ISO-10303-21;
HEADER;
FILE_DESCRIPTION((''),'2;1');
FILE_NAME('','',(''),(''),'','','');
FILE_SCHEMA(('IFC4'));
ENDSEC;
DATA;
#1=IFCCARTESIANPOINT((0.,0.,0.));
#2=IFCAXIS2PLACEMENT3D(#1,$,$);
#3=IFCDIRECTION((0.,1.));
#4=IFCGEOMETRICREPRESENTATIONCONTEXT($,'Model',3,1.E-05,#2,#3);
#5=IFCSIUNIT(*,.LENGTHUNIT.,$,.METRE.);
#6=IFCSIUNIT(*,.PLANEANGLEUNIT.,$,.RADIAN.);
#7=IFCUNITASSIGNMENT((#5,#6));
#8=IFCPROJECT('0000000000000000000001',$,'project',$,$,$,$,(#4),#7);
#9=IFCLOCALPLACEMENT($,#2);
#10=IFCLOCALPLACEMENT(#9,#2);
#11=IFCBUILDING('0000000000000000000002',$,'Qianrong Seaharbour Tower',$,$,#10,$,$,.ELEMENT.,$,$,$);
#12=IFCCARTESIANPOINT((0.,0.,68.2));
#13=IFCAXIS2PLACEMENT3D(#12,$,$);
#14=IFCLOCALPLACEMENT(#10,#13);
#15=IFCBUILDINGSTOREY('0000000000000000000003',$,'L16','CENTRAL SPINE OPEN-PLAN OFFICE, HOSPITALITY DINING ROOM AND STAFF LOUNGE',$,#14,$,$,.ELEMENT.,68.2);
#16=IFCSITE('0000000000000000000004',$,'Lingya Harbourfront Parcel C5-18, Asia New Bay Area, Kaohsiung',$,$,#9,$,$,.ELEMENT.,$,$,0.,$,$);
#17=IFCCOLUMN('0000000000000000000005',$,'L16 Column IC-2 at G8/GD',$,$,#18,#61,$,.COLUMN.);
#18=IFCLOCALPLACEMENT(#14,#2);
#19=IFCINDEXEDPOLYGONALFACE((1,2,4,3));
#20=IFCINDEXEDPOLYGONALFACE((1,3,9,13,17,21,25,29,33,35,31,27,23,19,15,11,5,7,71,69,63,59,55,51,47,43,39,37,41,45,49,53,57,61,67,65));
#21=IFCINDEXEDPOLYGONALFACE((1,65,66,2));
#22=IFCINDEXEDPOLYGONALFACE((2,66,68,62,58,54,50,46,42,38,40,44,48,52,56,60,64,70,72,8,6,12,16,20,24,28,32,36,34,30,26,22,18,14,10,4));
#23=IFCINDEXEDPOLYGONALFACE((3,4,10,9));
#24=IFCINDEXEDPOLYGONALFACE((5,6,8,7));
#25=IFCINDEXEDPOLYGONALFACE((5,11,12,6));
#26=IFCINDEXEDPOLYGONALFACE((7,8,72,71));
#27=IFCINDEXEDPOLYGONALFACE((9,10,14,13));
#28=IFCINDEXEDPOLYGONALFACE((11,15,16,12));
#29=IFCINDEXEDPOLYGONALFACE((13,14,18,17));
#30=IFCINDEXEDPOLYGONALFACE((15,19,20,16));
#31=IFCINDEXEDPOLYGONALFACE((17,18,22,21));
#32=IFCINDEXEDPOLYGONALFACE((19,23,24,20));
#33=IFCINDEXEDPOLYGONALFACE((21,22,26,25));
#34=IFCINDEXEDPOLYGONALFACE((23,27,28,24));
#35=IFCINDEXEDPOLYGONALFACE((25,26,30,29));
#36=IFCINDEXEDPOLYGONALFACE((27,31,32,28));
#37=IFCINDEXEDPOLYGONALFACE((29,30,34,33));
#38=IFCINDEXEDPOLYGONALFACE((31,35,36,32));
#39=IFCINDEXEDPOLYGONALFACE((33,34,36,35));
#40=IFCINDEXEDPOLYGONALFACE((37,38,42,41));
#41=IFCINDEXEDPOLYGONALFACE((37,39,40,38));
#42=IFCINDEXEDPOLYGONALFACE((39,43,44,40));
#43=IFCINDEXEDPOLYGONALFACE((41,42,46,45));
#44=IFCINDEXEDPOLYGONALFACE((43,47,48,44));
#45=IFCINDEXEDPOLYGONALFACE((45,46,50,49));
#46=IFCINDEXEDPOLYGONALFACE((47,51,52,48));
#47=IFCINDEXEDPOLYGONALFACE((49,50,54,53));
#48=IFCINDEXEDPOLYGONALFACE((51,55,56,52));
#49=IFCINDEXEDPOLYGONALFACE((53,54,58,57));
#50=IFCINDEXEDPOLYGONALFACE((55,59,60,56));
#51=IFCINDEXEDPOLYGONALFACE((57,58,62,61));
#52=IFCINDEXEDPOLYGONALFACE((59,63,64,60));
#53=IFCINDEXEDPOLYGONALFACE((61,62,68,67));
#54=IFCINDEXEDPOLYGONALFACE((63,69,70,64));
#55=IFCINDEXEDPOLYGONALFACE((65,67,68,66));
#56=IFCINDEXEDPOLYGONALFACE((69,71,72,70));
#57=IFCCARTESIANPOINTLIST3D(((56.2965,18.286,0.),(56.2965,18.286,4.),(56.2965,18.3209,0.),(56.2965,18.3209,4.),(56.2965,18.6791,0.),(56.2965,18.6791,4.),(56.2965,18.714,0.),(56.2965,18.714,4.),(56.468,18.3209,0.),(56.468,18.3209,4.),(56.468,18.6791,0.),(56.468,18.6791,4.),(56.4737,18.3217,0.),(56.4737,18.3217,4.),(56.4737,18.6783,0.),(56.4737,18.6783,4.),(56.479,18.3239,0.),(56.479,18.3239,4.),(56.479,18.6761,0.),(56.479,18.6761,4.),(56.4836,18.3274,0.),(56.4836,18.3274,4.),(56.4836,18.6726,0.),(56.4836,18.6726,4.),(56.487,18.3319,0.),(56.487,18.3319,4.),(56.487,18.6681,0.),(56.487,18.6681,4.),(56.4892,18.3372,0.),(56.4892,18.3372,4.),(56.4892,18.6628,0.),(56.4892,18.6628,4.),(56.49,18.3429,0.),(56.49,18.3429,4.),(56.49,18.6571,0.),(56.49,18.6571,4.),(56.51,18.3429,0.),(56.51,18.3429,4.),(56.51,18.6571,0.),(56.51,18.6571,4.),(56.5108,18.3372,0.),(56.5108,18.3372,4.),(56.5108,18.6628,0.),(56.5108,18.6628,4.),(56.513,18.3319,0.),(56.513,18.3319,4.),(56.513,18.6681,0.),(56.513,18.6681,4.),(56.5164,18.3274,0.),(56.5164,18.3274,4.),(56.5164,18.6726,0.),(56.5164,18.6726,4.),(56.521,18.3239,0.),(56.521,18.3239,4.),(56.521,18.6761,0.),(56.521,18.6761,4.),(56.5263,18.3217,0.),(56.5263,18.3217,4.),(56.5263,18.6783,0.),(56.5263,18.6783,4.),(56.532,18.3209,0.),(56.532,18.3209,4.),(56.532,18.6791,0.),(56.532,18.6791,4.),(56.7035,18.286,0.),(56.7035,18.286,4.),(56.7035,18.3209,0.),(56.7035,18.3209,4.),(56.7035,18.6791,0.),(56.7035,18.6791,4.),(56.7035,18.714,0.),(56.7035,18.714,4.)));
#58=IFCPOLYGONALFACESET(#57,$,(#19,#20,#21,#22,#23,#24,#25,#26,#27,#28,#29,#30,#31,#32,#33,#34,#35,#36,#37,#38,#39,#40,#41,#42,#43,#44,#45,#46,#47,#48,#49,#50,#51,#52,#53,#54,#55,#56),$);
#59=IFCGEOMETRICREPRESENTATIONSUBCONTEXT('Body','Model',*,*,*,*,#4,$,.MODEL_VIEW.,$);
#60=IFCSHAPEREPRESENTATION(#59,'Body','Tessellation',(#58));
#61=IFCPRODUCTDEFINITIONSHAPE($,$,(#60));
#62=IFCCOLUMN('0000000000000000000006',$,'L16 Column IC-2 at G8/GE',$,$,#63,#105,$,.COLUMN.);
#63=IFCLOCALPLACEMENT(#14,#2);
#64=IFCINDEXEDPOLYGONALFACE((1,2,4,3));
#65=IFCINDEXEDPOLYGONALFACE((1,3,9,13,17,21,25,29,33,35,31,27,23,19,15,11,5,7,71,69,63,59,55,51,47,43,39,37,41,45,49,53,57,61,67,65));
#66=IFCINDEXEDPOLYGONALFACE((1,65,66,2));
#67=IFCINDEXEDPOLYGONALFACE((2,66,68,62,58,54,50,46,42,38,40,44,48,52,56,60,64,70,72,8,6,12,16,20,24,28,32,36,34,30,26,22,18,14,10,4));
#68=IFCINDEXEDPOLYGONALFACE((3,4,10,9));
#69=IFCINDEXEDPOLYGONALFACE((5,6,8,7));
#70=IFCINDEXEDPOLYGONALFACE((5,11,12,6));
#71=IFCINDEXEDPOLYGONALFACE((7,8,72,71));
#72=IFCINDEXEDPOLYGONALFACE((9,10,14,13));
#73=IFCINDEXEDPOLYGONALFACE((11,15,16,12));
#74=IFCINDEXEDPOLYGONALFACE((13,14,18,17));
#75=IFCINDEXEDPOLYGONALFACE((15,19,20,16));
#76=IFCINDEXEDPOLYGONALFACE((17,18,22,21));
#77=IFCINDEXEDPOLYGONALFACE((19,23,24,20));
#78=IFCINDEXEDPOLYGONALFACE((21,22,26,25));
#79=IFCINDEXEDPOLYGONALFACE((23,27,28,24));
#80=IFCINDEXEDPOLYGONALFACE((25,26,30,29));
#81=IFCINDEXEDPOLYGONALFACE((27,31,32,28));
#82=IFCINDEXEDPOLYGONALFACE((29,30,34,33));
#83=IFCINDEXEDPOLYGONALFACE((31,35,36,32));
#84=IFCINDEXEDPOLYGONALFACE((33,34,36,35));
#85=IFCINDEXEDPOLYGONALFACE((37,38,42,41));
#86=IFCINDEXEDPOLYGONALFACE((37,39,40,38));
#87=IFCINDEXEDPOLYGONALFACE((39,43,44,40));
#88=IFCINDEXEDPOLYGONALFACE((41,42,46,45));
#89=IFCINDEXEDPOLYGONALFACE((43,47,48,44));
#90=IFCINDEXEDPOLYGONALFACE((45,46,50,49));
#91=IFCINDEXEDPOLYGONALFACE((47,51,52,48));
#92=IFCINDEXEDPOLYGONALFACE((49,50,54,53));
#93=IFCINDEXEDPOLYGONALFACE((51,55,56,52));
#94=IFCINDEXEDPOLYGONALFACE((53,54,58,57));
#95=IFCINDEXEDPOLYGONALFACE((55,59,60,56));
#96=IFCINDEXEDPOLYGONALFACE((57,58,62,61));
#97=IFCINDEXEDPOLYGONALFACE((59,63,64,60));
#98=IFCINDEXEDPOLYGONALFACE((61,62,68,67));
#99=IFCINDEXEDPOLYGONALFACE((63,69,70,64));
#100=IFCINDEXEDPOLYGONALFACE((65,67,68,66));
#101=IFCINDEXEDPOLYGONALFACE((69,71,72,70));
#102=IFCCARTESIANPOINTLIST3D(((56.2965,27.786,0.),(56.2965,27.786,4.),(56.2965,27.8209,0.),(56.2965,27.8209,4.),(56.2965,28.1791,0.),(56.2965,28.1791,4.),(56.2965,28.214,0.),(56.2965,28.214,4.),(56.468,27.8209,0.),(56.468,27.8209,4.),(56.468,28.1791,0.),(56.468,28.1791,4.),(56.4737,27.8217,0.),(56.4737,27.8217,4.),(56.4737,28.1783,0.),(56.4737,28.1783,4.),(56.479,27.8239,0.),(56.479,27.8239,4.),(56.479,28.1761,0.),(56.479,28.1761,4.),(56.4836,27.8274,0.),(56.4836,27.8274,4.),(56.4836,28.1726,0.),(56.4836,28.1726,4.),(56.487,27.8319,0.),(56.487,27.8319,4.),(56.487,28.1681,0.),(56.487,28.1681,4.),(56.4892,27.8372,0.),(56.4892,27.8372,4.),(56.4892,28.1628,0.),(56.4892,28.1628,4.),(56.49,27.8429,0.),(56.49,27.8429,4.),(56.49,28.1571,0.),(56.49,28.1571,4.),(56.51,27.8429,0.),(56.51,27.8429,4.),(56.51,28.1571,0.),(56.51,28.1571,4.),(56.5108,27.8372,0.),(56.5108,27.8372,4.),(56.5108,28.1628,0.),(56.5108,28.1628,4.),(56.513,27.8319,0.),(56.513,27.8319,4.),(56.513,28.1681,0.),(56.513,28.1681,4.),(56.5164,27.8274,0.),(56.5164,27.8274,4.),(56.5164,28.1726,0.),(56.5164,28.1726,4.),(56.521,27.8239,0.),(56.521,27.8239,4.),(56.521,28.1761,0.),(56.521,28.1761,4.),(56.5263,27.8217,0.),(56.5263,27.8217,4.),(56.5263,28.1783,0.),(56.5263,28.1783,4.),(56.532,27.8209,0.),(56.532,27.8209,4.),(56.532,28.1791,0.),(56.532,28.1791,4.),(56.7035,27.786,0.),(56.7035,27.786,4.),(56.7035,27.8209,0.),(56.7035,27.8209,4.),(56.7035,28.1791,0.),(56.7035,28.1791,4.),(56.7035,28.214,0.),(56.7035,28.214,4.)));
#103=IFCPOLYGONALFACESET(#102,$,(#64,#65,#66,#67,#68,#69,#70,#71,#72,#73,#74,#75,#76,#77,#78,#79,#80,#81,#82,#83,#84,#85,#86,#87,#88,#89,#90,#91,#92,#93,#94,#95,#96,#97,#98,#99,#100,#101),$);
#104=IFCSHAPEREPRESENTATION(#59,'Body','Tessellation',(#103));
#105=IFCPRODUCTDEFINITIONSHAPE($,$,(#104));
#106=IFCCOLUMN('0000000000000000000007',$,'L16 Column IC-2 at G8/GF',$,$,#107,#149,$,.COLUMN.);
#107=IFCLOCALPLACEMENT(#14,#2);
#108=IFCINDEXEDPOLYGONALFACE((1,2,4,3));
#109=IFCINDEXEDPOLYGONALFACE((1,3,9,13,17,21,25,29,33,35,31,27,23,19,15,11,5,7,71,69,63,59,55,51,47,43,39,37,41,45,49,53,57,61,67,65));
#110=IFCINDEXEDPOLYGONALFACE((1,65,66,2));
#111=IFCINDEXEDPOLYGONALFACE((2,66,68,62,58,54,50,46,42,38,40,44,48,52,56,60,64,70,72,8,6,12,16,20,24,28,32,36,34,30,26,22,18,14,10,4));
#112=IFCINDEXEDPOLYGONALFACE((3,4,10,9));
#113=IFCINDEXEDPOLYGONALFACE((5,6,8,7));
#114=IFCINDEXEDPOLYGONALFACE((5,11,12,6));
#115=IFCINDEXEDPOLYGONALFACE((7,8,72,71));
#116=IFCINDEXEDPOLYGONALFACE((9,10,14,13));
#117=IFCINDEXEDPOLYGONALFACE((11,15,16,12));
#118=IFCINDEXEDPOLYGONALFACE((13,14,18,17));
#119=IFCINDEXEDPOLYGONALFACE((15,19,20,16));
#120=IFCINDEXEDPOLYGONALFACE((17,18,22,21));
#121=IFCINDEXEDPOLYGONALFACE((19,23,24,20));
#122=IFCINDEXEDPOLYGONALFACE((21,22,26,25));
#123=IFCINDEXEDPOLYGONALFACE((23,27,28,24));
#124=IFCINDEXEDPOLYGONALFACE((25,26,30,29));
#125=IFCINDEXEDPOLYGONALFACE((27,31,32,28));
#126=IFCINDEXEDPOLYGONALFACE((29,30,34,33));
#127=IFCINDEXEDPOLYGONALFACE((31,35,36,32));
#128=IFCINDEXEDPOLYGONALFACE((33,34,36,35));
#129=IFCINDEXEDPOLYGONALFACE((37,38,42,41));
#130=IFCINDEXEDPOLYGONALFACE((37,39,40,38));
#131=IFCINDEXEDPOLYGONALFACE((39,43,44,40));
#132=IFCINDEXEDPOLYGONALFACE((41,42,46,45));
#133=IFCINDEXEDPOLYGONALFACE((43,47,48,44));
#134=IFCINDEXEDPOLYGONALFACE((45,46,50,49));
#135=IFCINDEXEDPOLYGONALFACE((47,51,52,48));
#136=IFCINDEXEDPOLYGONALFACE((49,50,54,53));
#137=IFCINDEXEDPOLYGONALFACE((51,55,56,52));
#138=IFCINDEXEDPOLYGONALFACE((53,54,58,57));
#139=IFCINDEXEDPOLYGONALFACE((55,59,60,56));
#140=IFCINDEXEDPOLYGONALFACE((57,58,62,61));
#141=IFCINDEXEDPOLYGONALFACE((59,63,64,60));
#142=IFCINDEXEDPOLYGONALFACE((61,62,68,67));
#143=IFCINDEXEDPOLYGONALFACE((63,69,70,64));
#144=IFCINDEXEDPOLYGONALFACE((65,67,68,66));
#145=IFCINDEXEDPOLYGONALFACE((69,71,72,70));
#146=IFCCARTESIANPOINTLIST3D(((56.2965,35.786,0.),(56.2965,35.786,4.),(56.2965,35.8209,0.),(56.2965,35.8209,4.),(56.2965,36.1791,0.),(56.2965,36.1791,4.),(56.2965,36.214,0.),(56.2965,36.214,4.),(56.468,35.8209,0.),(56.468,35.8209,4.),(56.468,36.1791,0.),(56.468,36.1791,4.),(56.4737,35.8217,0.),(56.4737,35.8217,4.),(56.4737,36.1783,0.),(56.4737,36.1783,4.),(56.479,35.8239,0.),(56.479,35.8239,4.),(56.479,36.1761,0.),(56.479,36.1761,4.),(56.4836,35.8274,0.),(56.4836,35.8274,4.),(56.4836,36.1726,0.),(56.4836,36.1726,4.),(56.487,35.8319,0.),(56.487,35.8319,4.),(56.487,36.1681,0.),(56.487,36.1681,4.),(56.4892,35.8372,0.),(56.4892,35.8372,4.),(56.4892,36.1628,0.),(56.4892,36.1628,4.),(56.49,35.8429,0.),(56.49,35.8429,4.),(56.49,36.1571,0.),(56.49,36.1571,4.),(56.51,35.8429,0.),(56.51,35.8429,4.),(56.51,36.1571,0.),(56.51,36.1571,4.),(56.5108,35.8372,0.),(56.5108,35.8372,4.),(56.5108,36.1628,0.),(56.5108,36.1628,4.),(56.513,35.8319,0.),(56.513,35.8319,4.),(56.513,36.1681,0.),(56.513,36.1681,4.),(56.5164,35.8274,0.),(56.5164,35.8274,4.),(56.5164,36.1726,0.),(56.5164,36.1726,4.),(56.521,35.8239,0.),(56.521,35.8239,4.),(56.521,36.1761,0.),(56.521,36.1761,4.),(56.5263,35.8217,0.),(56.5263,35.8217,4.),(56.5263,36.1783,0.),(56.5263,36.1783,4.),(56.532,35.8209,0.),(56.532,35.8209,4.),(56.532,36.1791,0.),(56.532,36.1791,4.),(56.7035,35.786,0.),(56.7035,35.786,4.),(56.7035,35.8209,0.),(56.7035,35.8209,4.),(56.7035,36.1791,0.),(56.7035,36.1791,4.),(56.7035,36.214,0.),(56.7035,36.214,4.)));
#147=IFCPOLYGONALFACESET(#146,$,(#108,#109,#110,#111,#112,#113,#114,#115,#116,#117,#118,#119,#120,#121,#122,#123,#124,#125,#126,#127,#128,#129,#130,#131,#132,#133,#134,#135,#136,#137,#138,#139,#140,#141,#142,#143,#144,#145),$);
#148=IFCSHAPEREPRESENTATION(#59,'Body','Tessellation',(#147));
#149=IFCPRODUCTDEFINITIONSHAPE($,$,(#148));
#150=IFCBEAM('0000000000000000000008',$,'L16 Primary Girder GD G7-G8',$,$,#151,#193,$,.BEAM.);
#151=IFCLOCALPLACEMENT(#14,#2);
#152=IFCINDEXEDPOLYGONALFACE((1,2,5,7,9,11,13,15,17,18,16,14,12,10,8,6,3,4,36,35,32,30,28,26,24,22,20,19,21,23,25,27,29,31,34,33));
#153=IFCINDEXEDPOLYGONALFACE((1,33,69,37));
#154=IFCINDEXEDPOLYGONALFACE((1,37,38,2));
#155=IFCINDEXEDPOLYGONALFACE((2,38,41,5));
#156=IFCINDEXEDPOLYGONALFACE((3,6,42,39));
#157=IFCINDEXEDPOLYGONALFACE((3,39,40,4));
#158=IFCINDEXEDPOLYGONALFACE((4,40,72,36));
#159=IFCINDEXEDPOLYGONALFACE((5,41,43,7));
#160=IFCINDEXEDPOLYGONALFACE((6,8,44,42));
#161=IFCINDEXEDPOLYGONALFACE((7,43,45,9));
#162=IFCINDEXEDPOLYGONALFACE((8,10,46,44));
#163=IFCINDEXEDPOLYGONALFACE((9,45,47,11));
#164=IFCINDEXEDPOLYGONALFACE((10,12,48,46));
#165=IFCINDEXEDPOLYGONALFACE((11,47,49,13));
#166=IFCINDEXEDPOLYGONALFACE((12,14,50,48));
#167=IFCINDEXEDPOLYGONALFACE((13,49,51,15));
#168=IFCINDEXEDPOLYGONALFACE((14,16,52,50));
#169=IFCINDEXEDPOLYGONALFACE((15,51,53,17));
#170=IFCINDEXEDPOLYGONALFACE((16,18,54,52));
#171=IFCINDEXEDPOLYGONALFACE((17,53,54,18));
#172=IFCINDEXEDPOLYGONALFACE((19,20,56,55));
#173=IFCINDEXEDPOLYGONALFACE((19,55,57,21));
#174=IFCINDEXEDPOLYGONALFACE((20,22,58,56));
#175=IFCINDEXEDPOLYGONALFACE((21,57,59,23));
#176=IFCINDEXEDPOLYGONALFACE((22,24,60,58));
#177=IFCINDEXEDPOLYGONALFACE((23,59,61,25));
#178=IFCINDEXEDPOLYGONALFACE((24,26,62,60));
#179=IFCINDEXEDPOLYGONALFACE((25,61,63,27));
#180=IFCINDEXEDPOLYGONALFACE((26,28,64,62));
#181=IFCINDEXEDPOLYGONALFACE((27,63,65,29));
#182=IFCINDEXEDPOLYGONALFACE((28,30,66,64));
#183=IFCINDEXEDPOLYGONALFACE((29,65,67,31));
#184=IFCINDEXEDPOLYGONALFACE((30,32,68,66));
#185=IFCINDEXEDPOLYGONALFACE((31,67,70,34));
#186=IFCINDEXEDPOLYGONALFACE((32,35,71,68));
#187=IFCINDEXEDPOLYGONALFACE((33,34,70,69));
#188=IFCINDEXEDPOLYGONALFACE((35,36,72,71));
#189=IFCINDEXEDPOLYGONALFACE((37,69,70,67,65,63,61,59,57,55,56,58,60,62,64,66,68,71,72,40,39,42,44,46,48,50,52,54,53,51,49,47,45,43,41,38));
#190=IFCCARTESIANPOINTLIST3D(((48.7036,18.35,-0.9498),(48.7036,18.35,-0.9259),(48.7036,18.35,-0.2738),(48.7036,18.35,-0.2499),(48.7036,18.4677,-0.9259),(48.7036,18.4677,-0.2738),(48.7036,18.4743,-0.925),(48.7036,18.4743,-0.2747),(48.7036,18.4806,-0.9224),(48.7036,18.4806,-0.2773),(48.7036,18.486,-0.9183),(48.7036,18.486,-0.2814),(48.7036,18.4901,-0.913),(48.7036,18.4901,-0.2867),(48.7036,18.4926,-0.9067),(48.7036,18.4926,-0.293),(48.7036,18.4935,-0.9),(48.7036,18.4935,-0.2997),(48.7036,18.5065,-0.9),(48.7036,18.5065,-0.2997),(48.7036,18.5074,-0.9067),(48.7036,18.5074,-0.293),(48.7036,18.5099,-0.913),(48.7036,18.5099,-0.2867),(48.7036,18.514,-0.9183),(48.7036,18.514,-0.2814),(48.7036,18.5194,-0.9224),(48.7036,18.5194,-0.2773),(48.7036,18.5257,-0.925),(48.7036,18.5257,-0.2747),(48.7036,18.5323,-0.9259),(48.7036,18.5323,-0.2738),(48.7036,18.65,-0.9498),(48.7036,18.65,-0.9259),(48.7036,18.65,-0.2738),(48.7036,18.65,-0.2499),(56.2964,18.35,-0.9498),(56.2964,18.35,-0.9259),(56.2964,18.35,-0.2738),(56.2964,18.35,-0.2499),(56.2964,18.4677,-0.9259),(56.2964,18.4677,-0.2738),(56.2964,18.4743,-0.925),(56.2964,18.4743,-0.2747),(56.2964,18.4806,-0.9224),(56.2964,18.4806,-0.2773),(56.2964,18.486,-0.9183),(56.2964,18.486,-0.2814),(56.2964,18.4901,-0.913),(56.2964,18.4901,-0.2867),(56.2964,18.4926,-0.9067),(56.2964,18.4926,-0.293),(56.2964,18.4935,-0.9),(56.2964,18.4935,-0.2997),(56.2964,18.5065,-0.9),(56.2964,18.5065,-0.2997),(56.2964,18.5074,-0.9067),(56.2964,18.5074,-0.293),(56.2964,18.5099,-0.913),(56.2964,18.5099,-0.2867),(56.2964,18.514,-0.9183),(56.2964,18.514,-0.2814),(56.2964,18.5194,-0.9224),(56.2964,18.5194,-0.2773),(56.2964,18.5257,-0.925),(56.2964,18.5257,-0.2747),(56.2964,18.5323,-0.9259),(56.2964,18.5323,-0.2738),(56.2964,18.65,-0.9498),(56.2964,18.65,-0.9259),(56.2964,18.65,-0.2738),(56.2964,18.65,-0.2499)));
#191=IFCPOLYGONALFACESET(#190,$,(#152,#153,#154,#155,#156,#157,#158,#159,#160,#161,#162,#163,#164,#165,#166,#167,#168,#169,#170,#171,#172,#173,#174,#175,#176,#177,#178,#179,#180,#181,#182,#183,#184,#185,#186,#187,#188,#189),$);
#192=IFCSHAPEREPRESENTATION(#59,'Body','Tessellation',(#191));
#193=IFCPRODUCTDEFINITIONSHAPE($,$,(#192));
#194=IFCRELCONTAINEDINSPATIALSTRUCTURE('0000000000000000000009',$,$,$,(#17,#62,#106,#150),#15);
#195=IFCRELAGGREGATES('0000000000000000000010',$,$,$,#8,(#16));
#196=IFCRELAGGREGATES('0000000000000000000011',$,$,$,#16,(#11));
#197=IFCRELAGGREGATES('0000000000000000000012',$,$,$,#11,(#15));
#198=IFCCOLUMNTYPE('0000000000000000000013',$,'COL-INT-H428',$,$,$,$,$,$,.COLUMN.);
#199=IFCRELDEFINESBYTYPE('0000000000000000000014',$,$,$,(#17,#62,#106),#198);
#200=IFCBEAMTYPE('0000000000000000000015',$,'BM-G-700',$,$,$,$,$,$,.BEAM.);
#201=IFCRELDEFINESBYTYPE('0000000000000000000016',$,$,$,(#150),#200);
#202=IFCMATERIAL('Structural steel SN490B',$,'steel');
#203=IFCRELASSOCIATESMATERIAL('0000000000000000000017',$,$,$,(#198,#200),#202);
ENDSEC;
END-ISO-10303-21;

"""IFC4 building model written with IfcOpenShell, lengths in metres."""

from ifc_helpers import new_model, si_unit, direction, frame, origin, origin_2d, place, context, subcontext, project, spatial, i_section, extrude, material, material_profile, profile_set, type_object, element, save


model = new_model("IFC4")

# Units and contexts
model_context = context("Model", 3, precision=1e-05, world=origin(), true_north=direction((0.0, 1.0)))
body_context = subcontext(model_context, "Body", "Model", "MODEL_VIEW")
ifc_project = project(units=[si_unit("LENGTHUNIT", "METRE"), si_unit("PLANEANGLEUNIT", "RADIAN")], contexts=[model_context])

# Site, building, storey
site_placement = place(None, origin())
site = spatial("IfcSite", under=ifc_project, at=site_placement, Name="Lingya Harbourfront Parcel C5-18, Asia New Bay Area, Kaohsiung", CompositionType="ELEMENT", RefElevation=0.0)
building_placement = place(site_placement, origin())
building = spatial("IfcBuilding", under=site, at=building_placement, Name="Qianrong Seaharbour Tower", CompositionType="ELEMENT")
storey_placement = place(building_placement, frame((0.0, 0.0, 68.2)))
storey = spatial("IfcBuildingStorey", under=building, at=storey_placement, Name="L16", Description="CENTRAL SPINE OPEN-PLAN OFFICE, HOSPITALITY DINING ROOM AND STAFF LOUNGE", CompositionType="ELEMENT", Elevation=68.2)

# Columns
ifc_material_1 = material(Name="Structural steel SN490B", Category="steel")
ifc_material_profile_1 = material_profile(ifc_material_1, i_section(OverallWidth=0.407, OverallDepth=0.428, WebThickness=0.02, FlangeThickness=0.0349, FilletRadius=0.022, at=origin_2d()), Name="H428x407x20x35")
ifc_profile_set_1 = profile_set([ifc_material_profile_1], Name="Structural steel SN490B")
column_type_1 = type_object("IfcColumnType", Name="COL-INT-H428", PredefinedType="COLUMN", material=ifc_profile_set_1)
for number, where, z_axis, x_axis, name in (
    (1, (56.5, 18.5, 0.0), (0.0, 0.0, 1.0), (1.0, 0.0, 0.0), "L16 Column IC-2 at G8/GD"),
    (2, (56.5, 28.0, 0.0), (0.0, 0.0, 1.0), (1.0, 0.0, 0.0), "L16 Column IC-2 at G8/GE"),
    (3, (56.5, 36.0, 0.0), (0.0, 0.0, 1.0), (1.0, 0.0, 0.0), "L16 Column IC-2 at G8/GF"),
):
    element("IfcColumn", number, at=place(storey_placement, frame(where, z_axis=z_axis, x_axis=x_axis)), inside=storey, type_object=column_type_1, Name=name, PredefinedType="COLUMN", context=body_context, shape_type="SweptSolid", body=[
        extrude(i_section(OverallWidth=0.407, OverallDepth=0.428, WebThickness=0.02, FlangeThickness=0.0349, FilletRadius=0.022, at=origin_2d()), origin(), (0.0, 0.0, 1.0), 4.0),
    ])

# Beam
ifc_material_profile_2 = material_profile(ifc_material_1, i_section(OverallWidth=0.3, OverallDepth=0.7, WebThickness=0.0129, FlangeThickness=0.0239, FilletRadius=0.0259, at=origin_2d()), Name="H700x300x13x24")
ifc_profile_set_2 = profile_set([ifc_material_profile_2], Name="Structural steel SN490B")
beam_type_1 = type_object("IfcBeamType", Name="BM-G-700", PredefinedType="BEAM", material=ifc_profile_set_2)
beam_1_placement = place(storey_placement, frame((48.7036, 18.5, -0.5999), z_axis=(1.0, 0.0, 0.0), x_axis=(0.0, 1.0, 0.0)))
element("IfcBeam", 4, at=beam_1_placement, inside=storey, type_object=beam_type_1, Name="L16 Primary Girder GD G7-G8", PredefinedType="BEAM", context=body_context, shape_type="SweptSolid", body=[
    extrude(i_section(OverallWidth=0.3, OverallDepth=0.7, WebThickness=0.0129, FlangeThickness=0.0239, FilletRadius=0.0259, at=origin_2d()), origin(), (0.0, 0.0, 1.0), 7.5928),
])

save(model, "model.ifc")
